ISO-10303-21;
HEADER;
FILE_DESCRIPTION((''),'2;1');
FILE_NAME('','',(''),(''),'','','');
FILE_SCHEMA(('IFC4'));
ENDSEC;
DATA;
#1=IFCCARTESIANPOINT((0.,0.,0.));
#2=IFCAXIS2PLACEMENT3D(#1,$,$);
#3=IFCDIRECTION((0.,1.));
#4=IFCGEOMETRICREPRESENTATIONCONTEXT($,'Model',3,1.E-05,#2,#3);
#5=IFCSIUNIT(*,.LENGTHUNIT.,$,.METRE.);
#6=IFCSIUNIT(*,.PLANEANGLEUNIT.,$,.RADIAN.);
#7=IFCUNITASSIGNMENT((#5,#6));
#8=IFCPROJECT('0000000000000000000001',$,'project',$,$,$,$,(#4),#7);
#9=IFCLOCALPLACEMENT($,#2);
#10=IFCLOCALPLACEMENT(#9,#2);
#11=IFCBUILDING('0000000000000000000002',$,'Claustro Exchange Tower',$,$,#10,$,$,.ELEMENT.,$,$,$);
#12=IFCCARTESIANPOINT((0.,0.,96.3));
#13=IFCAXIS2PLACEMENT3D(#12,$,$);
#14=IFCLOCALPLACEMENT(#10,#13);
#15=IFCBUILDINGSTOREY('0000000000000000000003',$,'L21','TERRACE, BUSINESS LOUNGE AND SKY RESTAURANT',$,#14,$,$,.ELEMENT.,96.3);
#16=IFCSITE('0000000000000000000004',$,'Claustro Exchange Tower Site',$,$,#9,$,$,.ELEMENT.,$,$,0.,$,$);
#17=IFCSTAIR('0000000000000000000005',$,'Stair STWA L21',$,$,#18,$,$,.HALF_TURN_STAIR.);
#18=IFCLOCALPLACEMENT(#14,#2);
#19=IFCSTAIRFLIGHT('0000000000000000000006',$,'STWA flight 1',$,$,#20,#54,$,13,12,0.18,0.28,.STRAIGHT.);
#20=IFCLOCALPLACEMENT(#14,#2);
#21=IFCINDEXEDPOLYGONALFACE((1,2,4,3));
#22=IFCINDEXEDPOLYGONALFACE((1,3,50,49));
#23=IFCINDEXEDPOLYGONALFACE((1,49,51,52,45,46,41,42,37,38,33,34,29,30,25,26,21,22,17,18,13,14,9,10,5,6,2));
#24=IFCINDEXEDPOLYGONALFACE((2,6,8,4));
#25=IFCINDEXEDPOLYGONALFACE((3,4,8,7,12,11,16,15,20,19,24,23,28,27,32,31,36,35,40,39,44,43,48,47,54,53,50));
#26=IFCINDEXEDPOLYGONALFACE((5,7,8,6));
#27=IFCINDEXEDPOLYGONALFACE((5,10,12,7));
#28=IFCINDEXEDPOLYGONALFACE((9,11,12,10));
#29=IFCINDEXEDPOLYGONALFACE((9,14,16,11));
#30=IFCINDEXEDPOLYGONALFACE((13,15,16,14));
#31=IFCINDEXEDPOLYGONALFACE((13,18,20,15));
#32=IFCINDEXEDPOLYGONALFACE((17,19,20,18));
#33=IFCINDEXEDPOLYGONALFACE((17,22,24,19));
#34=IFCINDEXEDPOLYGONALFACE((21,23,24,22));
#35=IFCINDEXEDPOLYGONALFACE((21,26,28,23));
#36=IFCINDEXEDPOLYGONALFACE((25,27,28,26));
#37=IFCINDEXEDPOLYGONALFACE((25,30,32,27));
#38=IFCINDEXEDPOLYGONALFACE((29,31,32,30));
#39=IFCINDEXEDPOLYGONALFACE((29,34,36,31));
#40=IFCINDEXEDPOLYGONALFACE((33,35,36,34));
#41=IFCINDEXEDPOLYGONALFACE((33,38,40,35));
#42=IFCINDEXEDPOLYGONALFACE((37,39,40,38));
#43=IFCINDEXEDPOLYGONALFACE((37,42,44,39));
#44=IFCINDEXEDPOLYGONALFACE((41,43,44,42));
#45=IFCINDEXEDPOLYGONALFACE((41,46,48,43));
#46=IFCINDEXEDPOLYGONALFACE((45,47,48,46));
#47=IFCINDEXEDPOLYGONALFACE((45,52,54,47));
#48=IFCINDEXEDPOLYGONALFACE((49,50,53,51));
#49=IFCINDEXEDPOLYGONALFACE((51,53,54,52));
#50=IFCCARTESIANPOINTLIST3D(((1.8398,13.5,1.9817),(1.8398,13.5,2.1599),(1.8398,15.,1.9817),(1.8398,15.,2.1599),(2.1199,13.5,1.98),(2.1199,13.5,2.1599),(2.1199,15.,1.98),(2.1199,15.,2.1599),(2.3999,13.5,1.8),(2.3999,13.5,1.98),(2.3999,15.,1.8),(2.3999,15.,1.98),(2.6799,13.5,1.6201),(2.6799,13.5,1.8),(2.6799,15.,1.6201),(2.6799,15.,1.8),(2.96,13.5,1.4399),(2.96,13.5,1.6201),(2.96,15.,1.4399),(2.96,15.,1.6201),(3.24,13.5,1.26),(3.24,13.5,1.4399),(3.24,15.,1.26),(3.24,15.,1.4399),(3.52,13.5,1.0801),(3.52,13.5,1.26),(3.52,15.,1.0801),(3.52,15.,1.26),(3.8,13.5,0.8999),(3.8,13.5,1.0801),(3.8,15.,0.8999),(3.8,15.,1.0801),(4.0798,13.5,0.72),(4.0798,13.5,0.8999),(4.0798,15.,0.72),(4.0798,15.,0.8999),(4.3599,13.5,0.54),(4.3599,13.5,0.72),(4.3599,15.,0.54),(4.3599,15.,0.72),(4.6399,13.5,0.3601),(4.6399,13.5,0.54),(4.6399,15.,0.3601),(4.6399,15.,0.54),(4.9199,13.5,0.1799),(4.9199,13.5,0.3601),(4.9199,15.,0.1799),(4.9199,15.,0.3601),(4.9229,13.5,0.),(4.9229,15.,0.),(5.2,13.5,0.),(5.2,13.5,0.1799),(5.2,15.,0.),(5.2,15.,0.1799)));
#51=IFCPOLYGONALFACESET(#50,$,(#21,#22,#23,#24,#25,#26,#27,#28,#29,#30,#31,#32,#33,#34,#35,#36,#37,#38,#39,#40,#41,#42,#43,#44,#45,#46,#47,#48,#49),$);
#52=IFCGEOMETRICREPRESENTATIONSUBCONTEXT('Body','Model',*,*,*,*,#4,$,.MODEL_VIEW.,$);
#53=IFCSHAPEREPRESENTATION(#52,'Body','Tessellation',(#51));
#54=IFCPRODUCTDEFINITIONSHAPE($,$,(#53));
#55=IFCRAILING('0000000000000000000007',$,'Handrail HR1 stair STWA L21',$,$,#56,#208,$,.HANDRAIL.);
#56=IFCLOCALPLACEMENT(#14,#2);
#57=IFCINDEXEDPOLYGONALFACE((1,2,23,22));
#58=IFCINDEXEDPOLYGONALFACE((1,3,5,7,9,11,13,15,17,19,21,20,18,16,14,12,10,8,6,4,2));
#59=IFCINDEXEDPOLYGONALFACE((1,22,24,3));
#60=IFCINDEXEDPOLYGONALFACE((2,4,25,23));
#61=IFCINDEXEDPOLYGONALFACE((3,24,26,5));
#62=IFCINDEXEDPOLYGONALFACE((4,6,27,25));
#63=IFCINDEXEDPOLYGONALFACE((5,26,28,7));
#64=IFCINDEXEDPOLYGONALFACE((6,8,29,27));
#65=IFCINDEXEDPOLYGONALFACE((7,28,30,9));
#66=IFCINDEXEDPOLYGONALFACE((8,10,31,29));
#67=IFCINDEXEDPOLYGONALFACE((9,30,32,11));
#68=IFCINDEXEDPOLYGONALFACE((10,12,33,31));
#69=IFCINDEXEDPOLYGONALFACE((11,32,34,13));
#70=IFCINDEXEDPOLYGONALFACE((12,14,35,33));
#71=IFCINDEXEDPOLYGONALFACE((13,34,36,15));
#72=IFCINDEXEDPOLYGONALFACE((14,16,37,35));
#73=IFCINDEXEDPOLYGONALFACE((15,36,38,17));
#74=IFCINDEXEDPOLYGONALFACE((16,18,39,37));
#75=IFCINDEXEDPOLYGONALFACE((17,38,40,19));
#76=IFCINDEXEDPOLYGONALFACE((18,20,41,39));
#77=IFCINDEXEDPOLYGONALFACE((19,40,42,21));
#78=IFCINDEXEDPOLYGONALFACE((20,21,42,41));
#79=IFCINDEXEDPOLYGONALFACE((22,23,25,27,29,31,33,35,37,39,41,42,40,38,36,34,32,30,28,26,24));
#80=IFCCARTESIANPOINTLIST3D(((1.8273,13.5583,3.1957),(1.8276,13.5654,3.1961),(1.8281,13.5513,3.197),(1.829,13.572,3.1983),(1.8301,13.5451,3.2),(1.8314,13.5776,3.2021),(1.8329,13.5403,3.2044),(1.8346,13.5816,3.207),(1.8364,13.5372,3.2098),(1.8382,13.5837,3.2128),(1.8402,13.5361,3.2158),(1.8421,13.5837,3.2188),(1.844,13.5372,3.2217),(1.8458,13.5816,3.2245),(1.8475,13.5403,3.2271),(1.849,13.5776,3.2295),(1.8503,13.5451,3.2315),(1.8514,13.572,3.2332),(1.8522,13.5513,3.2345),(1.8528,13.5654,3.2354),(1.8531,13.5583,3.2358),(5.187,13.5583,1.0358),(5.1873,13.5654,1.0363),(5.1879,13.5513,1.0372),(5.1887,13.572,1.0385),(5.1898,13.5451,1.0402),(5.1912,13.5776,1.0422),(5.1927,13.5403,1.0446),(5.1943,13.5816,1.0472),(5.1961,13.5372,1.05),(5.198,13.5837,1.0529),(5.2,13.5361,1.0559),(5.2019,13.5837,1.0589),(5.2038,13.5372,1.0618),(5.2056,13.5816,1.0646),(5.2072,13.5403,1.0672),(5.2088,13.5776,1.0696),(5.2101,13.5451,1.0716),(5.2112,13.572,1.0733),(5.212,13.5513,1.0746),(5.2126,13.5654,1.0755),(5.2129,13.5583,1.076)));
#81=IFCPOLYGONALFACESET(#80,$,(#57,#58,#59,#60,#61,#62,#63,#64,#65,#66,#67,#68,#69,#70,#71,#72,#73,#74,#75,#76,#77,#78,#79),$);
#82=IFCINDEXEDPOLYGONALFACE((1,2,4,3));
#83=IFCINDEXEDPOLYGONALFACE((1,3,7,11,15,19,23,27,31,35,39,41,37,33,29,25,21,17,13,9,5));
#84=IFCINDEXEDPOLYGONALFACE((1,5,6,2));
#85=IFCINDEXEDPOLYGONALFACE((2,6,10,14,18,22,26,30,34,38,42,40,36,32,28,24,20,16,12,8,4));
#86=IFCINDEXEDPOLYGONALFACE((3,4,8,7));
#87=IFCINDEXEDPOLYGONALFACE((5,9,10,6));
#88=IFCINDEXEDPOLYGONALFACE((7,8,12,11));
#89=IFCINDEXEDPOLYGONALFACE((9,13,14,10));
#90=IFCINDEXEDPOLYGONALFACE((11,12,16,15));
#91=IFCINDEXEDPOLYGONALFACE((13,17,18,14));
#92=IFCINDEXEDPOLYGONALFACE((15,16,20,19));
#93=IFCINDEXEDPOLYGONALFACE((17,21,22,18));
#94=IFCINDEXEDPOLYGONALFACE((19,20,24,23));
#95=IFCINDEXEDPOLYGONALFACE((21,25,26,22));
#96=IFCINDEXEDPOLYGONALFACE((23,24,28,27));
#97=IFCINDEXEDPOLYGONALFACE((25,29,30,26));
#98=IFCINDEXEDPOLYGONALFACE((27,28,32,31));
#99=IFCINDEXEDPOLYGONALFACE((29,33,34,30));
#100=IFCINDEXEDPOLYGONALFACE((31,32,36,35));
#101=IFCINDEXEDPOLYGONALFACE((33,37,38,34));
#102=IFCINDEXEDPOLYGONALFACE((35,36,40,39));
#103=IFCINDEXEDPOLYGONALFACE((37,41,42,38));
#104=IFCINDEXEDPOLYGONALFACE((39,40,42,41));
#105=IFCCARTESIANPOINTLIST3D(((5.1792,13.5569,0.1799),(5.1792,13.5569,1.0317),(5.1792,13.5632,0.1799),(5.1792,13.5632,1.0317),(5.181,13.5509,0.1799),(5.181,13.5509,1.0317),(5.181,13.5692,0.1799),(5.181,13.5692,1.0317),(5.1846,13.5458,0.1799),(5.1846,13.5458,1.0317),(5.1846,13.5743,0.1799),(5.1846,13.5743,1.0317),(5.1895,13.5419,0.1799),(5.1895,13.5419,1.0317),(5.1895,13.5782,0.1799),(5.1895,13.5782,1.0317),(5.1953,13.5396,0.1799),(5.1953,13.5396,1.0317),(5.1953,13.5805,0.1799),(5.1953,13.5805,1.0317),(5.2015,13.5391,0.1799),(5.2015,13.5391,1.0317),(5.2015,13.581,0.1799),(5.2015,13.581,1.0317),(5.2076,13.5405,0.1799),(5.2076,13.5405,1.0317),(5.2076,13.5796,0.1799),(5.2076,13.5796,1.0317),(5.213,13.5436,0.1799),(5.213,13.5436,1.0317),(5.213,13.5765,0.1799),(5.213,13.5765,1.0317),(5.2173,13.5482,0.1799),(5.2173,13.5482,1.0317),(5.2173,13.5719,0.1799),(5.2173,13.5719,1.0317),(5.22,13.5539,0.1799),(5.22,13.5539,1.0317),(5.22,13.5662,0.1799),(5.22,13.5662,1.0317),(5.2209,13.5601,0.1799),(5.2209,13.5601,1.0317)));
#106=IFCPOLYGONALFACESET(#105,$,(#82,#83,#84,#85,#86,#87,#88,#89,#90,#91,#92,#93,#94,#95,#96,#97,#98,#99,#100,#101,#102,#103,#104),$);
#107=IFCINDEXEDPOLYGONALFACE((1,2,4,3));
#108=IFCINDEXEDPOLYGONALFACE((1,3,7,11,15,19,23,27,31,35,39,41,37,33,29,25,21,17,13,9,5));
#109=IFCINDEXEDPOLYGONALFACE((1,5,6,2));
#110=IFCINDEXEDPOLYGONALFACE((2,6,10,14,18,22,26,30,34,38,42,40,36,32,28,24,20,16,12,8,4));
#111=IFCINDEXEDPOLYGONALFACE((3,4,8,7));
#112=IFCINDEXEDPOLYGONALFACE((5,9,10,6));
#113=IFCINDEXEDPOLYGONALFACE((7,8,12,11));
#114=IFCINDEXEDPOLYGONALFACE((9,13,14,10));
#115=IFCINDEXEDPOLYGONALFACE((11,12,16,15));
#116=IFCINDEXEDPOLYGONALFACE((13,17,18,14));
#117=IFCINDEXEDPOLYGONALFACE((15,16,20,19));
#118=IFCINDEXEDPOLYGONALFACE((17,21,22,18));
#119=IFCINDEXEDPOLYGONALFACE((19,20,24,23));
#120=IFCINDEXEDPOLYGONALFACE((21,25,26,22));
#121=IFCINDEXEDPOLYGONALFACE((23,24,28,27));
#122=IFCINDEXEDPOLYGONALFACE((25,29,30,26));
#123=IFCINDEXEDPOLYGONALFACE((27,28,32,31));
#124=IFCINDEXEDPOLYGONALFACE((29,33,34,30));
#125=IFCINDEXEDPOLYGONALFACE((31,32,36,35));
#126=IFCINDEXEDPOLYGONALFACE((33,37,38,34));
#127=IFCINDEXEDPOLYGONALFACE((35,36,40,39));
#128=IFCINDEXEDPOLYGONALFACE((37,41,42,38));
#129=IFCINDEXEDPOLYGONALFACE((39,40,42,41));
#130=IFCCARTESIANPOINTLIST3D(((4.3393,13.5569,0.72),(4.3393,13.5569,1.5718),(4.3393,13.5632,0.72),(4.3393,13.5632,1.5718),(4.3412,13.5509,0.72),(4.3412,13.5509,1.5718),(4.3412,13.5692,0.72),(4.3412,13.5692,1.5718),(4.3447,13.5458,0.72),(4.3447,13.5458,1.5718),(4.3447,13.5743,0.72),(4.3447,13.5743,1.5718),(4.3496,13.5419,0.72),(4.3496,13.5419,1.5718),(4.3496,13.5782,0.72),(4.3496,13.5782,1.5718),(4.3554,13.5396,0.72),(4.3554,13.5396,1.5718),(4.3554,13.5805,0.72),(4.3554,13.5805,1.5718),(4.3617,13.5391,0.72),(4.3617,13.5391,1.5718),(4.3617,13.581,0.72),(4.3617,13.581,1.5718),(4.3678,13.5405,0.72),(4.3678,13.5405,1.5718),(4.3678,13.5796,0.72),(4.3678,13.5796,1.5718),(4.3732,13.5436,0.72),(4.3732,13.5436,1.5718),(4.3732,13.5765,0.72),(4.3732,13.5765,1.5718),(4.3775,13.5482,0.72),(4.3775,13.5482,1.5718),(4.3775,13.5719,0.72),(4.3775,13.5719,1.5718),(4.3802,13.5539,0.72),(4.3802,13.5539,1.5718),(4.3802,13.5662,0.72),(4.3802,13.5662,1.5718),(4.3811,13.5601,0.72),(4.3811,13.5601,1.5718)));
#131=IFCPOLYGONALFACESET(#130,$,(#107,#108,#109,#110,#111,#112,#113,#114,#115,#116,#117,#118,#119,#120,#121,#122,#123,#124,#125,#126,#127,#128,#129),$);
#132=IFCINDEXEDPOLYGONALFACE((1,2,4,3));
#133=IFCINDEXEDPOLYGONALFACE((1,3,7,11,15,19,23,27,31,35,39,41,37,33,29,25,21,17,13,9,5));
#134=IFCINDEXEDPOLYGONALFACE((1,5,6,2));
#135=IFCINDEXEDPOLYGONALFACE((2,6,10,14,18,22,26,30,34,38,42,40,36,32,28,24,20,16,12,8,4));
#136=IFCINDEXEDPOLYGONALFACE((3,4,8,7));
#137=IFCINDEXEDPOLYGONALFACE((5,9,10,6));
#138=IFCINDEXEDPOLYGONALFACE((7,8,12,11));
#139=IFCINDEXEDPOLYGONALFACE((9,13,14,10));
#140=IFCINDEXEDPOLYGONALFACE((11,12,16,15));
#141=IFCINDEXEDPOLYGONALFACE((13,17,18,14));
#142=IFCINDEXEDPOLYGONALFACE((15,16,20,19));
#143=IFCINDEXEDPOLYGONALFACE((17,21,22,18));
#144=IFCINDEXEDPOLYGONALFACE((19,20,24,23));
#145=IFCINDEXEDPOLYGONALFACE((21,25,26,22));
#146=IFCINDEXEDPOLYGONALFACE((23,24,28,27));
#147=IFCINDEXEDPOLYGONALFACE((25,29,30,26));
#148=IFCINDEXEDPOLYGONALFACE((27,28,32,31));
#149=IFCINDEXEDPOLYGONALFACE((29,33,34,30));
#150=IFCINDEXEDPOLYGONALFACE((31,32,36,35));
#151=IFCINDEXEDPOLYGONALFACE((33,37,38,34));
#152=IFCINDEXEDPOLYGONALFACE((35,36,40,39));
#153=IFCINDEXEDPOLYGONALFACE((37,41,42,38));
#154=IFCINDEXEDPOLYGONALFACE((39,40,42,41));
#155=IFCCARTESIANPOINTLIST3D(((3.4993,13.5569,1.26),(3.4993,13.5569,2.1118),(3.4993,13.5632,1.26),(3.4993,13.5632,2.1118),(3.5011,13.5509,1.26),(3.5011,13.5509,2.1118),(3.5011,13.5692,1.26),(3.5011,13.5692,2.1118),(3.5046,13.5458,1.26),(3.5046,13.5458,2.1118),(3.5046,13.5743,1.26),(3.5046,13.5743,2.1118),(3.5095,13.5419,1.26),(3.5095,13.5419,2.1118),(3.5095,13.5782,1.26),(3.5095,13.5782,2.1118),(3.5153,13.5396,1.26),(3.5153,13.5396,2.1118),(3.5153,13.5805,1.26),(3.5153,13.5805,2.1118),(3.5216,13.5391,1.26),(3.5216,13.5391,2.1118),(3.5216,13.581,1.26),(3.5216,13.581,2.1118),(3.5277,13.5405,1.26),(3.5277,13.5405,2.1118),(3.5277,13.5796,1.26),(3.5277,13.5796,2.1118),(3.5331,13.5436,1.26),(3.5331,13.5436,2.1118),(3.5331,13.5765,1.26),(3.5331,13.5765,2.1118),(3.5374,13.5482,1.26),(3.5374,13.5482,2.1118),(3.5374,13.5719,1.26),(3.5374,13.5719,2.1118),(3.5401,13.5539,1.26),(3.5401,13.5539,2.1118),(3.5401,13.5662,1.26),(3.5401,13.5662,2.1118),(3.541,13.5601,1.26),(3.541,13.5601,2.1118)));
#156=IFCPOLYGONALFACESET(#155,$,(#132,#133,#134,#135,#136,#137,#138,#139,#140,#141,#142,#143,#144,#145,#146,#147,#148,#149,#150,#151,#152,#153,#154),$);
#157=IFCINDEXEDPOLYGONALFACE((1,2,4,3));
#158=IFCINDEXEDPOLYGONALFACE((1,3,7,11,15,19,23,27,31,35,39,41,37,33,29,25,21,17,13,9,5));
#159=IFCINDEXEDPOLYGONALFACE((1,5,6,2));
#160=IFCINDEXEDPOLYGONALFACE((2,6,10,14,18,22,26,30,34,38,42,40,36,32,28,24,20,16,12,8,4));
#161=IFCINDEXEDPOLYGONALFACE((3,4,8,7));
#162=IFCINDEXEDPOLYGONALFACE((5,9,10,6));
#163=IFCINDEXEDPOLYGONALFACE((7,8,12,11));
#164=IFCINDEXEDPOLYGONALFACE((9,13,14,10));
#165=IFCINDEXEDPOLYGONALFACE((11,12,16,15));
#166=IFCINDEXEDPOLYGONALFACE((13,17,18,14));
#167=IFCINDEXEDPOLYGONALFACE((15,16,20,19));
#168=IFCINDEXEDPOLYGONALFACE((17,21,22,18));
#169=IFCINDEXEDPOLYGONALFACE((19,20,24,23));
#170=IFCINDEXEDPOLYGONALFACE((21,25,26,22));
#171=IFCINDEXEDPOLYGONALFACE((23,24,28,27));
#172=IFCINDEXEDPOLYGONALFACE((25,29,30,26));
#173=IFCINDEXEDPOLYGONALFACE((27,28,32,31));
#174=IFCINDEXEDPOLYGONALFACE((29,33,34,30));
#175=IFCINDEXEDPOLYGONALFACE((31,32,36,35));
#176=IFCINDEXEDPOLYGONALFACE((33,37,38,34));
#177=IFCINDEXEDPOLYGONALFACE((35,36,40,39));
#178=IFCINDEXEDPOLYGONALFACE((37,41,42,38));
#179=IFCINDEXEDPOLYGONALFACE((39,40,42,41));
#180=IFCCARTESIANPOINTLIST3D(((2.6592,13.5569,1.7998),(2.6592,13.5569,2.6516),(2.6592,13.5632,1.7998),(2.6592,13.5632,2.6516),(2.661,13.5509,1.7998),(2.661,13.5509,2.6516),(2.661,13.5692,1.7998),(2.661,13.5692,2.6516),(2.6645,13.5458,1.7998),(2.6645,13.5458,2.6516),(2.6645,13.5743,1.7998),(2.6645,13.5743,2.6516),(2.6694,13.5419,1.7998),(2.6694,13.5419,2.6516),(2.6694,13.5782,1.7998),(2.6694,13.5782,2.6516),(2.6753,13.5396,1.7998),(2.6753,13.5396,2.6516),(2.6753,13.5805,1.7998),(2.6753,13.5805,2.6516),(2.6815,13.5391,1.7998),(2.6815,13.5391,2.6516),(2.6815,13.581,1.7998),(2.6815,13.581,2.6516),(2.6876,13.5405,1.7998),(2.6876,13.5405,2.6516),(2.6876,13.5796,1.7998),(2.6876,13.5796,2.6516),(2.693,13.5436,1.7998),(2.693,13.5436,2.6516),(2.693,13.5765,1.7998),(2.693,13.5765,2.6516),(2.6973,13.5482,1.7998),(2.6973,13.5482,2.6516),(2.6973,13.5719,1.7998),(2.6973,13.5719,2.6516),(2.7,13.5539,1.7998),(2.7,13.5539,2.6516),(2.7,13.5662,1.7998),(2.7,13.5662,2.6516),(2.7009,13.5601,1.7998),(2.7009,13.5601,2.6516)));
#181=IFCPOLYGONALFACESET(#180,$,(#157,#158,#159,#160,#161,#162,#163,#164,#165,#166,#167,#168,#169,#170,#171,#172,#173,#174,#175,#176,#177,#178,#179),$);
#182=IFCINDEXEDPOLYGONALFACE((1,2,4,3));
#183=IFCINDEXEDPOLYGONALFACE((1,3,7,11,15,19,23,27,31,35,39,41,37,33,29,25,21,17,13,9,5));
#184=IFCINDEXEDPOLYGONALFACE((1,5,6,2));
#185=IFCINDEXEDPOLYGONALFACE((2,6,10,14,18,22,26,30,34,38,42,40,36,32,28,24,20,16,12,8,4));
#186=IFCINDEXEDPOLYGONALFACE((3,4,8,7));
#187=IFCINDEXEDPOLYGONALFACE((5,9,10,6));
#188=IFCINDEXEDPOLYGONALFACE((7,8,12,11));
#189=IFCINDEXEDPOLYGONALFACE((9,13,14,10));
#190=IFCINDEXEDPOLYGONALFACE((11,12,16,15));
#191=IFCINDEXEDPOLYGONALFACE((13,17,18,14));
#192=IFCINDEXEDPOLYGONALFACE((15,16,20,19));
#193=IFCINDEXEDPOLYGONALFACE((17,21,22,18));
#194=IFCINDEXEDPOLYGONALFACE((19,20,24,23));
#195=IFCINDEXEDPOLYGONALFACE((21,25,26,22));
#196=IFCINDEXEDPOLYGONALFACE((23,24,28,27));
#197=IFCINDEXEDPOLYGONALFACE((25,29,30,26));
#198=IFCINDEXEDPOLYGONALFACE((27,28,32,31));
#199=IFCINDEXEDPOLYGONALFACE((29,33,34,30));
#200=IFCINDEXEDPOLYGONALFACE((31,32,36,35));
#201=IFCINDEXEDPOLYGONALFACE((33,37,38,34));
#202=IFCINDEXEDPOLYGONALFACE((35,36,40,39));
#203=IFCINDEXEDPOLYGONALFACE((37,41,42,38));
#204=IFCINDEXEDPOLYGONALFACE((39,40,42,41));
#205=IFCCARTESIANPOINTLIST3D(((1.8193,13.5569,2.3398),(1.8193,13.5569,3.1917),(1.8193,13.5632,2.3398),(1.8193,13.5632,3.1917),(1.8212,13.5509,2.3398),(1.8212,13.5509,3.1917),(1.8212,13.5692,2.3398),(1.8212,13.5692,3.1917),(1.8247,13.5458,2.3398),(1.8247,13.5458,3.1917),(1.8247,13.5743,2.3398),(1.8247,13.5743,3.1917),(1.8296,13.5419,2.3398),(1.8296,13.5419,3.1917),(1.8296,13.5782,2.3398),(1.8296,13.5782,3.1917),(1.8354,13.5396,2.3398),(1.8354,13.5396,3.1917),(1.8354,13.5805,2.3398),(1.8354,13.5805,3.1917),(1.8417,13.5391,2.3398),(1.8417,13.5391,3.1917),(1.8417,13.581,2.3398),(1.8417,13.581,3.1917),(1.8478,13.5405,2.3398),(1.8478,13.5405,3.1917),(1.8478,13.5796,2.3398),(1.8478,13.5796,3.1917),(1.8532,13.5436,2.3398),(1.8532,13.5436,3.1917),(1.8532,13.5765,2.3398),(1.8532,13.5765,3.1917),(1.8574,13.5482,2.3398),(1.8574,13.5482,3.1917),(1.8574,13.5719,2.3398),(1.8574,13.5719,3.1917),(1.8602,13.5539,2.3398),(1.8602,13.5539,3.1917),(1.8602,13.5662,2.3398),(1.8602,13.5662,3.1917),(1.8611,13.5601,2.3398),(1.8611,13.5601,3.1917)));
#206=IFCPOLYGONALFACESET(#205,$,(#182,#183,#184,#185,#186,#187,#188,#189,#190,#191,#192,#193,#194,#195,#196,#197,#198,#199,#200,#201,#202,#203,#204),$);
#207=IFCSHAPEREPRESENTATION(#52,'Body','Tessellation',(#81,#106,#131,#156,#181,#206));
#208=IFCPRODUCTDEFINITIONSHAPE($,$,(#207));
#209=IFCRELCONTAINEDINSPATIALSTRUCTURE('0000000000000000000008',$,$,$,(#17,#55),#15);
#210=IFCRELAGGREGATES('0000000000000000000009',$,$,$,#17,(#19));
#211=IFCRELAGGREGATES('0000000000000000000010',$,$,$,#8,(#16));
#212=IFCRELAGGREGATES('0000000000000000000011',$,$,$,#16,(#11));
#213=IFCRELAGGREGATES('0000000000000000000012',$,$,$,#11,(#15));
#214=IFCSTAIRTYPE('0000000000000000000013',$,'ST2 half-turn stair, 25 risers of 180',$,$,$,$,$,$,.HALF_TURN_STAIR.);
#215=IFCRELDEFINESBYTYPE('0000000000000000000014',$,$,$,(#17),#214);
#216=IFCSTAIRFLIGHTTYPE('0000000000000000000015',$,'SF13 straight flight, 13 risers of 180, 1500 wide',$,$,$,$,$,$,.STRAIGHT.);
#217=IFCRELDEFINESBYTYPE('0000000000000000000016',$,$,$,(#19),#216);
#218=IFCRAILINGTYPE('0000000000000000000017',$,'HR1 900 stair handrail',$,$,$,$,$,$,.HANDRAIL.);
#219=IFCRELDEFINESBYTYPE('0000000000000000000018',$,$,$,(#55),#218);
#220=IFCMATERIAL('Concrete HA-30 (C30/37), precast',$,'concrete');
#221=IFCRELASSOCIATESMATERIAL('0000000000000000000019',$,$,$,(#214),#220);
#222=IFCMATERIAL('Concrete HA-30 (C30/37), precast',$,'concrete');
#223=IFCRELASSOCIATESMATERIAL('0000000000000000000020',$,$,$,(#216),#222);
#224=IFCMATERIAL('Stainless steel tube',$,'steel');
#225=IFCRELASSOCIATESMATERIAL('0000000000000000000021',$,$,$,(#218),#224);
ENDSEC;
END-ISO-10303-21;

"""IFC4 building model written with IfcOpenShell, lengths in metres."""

from ifc_helpers import new_model, si_unit, direction, frame, origin, origin_2d, place, context, subcontext, project, spatial, polyline, circle, outline, extrude, material, type_object, element, aggregate, save


model = new_model("IFC4")

# Units and contexts
model_context = context("Model", 3, precision=1e-05, world=origin(), true_north=direction((0.0, 1.0)))
body_context = subcontext(model_context, "Body", "Model", "MODEL_VIEW")
ifc_project = project(units=[si_unit("LENGTHUNIT", "METRE"), si_unit("PLANEANGLEUNIT", "RADIAN")], contexts=[model_context])

# Site, building, storey
site_placement = place(None, origin())
site = spatial("IfcSite", under=ifc_project, at=site_placement, Name="Claustro Exchange Tower Site", CompositionType="ELEMENT", RefElevation=0.0)
building_placement = place(site_placement, origin())
building = spatial("IfcBuilding", under=site, at=building_placement, Name="Claustro Exchange Tower", CompositionType="ELEMENT")
storey_placement = place(building_placement, frame((0.0, 0.0, 96.3)))
storey = spatial("IfcBuildingStorey", under=building, at=storey_placement, Name="L21", Description="TERRACE, BUSINESS LOUNGE AND SKY RESTAURANT", CompositionType="ELEMENT", Elevation=96.3)

# Stair, stair flight
ifc_material_1 = material(Name="Concrete HA-30 (C30/37), precast", Category="concrete")
stair_type = type_object("IfcStairType", Name="ST2 half-turn stair, 25 risers of 180", PredefinedType="HALF_TURN_STAIR", material=ifc_material_1)
stair_placement = place(storey_placement, origin())
stair = element("IfcStair", 1, at=stair_placement, inside=storey, type_object=stair_type, Name="Stair STWA L21", PredefinedType="HALF_TURN_STAIR")
ifc_material_2 = material(Name="Concrete HA-30 (C30/37), precast", Category="concrete")
stair_flight_type = type_object("IfcStairFlightType", Name="SF13 straight flight, 13 risers of 180, 1500 wide", PredefinedType="STRAIGHT", material=ifc_material_2)
stair_flight_placement = place(storey_placement, frame((5.2, 14.25, 0.0), z_axis=(0.0, 0.0, 1.0), x_axis=(-1.0, 0.0, 0.0)))
stair_flight = element("IfcStairFlight", 2, at=stair_flight_placement, type_object=stair_flight_type, Name="STWA flight 1", NumberOfRisers=13, NumberOfTreads=12, PredefinedType="STRAIGHT", RiserHeight=0.18, TreadLength=0.28, context=body_context, shape_type="SweptSolid", body=[
    extrude(outline(polyline([(0.0, 0.0), (0.0, 0.1799), (0.28, 0.1799), (0.28, 0.3601), (0.5601, 0.3601), (0.5601, 0.54), (0.8401, 0.54), (0.8401, 0.72), (1.1201, 0.72), (1.1201, 0.8999), (1.3999, 0.8999), (1.3999, 1.0801), (1.6799, 1.0801), (1.6799, 1.26), (1.96, 1.26), (1.96, 1.4399), (2.24, 1.4399), (2.24, 1.6201), (2.52, 1.6201), (2.52, 1.8), (2.8, 1.8), (2.8, 1.98), (3.0801, 1.98), (3.0801, 2.1599), (3.3601, 2.1599), (3.3601, 2.3401), (3.3601, 1.9817), (0.2771, 0.0), (0.0, 0.0)])), frame((0.0, 0.75, 0.0), z_axis=(0.0, -1.0, 0.0), x_axis=(1.0, 0.0, 0.0)), (0.0, 0.0, 1.0), 1.5),
])
aggregate(stair, [stair_flight])

# Railing
ifc_material_3 = material(Name="Stainless steel tube", Category="steel")
railing_type_1 = type_object("IfcRailingType", Name="HR1 900 stair handrail", PredefinedType="HANDRAIL", material=ifc_material_3)
railing_1_placement = place(storey_placement, frame((5.2, 13.5601, 0.1799)))
element("IfcRailing", 3, at=railing_1_placement, inside=storey, type_object=railing_type_1, Name="Handrail HR1 stair STWA L21", PredefinedType="HANDRAIL", context=body_context, shape_type="SweptSolid", body=[
    extrude(circle(Radius=0.0239, at=origin_2d()), frame((0.0, 0.0, 0.876), z_axis=(-0.841178, 0.0, 0.540758), x_axis=(0.0, -1.0, 0.0)), (0.0, 0.0, 1.0), 3.9941),
    extrude(circle(Radius=0.021, at=origin_2d()), origin(), (0.0, 0.0, 1.0), 0.8518),
    extrude(circle(Radius=0.021, at=origin_2d()), frame((-0.8398, 0.0, 0.54)), (0.0, 0.0, 1.0), 0.8518),
    extrude(circle(Radius=0.021, at=origin_2d()), frame((-1.6799, 0.0, 1.0801)), (0.0, 0.0, 1.0), 0.8518),
    extrude(circle(Radius=0.021, at=origin_2d()), frame((-2.52, 0.0, 1.6199)), (0.0, 0.0, 1.0), 0.8518),
    extrude(circle(Radius=0.021, at=origin_2d()), frame((-3.3599, 0.0, 2.1599)), (0.0, 0.0, 1.0), 0.8518),
])

save(model, "model.ifc")
